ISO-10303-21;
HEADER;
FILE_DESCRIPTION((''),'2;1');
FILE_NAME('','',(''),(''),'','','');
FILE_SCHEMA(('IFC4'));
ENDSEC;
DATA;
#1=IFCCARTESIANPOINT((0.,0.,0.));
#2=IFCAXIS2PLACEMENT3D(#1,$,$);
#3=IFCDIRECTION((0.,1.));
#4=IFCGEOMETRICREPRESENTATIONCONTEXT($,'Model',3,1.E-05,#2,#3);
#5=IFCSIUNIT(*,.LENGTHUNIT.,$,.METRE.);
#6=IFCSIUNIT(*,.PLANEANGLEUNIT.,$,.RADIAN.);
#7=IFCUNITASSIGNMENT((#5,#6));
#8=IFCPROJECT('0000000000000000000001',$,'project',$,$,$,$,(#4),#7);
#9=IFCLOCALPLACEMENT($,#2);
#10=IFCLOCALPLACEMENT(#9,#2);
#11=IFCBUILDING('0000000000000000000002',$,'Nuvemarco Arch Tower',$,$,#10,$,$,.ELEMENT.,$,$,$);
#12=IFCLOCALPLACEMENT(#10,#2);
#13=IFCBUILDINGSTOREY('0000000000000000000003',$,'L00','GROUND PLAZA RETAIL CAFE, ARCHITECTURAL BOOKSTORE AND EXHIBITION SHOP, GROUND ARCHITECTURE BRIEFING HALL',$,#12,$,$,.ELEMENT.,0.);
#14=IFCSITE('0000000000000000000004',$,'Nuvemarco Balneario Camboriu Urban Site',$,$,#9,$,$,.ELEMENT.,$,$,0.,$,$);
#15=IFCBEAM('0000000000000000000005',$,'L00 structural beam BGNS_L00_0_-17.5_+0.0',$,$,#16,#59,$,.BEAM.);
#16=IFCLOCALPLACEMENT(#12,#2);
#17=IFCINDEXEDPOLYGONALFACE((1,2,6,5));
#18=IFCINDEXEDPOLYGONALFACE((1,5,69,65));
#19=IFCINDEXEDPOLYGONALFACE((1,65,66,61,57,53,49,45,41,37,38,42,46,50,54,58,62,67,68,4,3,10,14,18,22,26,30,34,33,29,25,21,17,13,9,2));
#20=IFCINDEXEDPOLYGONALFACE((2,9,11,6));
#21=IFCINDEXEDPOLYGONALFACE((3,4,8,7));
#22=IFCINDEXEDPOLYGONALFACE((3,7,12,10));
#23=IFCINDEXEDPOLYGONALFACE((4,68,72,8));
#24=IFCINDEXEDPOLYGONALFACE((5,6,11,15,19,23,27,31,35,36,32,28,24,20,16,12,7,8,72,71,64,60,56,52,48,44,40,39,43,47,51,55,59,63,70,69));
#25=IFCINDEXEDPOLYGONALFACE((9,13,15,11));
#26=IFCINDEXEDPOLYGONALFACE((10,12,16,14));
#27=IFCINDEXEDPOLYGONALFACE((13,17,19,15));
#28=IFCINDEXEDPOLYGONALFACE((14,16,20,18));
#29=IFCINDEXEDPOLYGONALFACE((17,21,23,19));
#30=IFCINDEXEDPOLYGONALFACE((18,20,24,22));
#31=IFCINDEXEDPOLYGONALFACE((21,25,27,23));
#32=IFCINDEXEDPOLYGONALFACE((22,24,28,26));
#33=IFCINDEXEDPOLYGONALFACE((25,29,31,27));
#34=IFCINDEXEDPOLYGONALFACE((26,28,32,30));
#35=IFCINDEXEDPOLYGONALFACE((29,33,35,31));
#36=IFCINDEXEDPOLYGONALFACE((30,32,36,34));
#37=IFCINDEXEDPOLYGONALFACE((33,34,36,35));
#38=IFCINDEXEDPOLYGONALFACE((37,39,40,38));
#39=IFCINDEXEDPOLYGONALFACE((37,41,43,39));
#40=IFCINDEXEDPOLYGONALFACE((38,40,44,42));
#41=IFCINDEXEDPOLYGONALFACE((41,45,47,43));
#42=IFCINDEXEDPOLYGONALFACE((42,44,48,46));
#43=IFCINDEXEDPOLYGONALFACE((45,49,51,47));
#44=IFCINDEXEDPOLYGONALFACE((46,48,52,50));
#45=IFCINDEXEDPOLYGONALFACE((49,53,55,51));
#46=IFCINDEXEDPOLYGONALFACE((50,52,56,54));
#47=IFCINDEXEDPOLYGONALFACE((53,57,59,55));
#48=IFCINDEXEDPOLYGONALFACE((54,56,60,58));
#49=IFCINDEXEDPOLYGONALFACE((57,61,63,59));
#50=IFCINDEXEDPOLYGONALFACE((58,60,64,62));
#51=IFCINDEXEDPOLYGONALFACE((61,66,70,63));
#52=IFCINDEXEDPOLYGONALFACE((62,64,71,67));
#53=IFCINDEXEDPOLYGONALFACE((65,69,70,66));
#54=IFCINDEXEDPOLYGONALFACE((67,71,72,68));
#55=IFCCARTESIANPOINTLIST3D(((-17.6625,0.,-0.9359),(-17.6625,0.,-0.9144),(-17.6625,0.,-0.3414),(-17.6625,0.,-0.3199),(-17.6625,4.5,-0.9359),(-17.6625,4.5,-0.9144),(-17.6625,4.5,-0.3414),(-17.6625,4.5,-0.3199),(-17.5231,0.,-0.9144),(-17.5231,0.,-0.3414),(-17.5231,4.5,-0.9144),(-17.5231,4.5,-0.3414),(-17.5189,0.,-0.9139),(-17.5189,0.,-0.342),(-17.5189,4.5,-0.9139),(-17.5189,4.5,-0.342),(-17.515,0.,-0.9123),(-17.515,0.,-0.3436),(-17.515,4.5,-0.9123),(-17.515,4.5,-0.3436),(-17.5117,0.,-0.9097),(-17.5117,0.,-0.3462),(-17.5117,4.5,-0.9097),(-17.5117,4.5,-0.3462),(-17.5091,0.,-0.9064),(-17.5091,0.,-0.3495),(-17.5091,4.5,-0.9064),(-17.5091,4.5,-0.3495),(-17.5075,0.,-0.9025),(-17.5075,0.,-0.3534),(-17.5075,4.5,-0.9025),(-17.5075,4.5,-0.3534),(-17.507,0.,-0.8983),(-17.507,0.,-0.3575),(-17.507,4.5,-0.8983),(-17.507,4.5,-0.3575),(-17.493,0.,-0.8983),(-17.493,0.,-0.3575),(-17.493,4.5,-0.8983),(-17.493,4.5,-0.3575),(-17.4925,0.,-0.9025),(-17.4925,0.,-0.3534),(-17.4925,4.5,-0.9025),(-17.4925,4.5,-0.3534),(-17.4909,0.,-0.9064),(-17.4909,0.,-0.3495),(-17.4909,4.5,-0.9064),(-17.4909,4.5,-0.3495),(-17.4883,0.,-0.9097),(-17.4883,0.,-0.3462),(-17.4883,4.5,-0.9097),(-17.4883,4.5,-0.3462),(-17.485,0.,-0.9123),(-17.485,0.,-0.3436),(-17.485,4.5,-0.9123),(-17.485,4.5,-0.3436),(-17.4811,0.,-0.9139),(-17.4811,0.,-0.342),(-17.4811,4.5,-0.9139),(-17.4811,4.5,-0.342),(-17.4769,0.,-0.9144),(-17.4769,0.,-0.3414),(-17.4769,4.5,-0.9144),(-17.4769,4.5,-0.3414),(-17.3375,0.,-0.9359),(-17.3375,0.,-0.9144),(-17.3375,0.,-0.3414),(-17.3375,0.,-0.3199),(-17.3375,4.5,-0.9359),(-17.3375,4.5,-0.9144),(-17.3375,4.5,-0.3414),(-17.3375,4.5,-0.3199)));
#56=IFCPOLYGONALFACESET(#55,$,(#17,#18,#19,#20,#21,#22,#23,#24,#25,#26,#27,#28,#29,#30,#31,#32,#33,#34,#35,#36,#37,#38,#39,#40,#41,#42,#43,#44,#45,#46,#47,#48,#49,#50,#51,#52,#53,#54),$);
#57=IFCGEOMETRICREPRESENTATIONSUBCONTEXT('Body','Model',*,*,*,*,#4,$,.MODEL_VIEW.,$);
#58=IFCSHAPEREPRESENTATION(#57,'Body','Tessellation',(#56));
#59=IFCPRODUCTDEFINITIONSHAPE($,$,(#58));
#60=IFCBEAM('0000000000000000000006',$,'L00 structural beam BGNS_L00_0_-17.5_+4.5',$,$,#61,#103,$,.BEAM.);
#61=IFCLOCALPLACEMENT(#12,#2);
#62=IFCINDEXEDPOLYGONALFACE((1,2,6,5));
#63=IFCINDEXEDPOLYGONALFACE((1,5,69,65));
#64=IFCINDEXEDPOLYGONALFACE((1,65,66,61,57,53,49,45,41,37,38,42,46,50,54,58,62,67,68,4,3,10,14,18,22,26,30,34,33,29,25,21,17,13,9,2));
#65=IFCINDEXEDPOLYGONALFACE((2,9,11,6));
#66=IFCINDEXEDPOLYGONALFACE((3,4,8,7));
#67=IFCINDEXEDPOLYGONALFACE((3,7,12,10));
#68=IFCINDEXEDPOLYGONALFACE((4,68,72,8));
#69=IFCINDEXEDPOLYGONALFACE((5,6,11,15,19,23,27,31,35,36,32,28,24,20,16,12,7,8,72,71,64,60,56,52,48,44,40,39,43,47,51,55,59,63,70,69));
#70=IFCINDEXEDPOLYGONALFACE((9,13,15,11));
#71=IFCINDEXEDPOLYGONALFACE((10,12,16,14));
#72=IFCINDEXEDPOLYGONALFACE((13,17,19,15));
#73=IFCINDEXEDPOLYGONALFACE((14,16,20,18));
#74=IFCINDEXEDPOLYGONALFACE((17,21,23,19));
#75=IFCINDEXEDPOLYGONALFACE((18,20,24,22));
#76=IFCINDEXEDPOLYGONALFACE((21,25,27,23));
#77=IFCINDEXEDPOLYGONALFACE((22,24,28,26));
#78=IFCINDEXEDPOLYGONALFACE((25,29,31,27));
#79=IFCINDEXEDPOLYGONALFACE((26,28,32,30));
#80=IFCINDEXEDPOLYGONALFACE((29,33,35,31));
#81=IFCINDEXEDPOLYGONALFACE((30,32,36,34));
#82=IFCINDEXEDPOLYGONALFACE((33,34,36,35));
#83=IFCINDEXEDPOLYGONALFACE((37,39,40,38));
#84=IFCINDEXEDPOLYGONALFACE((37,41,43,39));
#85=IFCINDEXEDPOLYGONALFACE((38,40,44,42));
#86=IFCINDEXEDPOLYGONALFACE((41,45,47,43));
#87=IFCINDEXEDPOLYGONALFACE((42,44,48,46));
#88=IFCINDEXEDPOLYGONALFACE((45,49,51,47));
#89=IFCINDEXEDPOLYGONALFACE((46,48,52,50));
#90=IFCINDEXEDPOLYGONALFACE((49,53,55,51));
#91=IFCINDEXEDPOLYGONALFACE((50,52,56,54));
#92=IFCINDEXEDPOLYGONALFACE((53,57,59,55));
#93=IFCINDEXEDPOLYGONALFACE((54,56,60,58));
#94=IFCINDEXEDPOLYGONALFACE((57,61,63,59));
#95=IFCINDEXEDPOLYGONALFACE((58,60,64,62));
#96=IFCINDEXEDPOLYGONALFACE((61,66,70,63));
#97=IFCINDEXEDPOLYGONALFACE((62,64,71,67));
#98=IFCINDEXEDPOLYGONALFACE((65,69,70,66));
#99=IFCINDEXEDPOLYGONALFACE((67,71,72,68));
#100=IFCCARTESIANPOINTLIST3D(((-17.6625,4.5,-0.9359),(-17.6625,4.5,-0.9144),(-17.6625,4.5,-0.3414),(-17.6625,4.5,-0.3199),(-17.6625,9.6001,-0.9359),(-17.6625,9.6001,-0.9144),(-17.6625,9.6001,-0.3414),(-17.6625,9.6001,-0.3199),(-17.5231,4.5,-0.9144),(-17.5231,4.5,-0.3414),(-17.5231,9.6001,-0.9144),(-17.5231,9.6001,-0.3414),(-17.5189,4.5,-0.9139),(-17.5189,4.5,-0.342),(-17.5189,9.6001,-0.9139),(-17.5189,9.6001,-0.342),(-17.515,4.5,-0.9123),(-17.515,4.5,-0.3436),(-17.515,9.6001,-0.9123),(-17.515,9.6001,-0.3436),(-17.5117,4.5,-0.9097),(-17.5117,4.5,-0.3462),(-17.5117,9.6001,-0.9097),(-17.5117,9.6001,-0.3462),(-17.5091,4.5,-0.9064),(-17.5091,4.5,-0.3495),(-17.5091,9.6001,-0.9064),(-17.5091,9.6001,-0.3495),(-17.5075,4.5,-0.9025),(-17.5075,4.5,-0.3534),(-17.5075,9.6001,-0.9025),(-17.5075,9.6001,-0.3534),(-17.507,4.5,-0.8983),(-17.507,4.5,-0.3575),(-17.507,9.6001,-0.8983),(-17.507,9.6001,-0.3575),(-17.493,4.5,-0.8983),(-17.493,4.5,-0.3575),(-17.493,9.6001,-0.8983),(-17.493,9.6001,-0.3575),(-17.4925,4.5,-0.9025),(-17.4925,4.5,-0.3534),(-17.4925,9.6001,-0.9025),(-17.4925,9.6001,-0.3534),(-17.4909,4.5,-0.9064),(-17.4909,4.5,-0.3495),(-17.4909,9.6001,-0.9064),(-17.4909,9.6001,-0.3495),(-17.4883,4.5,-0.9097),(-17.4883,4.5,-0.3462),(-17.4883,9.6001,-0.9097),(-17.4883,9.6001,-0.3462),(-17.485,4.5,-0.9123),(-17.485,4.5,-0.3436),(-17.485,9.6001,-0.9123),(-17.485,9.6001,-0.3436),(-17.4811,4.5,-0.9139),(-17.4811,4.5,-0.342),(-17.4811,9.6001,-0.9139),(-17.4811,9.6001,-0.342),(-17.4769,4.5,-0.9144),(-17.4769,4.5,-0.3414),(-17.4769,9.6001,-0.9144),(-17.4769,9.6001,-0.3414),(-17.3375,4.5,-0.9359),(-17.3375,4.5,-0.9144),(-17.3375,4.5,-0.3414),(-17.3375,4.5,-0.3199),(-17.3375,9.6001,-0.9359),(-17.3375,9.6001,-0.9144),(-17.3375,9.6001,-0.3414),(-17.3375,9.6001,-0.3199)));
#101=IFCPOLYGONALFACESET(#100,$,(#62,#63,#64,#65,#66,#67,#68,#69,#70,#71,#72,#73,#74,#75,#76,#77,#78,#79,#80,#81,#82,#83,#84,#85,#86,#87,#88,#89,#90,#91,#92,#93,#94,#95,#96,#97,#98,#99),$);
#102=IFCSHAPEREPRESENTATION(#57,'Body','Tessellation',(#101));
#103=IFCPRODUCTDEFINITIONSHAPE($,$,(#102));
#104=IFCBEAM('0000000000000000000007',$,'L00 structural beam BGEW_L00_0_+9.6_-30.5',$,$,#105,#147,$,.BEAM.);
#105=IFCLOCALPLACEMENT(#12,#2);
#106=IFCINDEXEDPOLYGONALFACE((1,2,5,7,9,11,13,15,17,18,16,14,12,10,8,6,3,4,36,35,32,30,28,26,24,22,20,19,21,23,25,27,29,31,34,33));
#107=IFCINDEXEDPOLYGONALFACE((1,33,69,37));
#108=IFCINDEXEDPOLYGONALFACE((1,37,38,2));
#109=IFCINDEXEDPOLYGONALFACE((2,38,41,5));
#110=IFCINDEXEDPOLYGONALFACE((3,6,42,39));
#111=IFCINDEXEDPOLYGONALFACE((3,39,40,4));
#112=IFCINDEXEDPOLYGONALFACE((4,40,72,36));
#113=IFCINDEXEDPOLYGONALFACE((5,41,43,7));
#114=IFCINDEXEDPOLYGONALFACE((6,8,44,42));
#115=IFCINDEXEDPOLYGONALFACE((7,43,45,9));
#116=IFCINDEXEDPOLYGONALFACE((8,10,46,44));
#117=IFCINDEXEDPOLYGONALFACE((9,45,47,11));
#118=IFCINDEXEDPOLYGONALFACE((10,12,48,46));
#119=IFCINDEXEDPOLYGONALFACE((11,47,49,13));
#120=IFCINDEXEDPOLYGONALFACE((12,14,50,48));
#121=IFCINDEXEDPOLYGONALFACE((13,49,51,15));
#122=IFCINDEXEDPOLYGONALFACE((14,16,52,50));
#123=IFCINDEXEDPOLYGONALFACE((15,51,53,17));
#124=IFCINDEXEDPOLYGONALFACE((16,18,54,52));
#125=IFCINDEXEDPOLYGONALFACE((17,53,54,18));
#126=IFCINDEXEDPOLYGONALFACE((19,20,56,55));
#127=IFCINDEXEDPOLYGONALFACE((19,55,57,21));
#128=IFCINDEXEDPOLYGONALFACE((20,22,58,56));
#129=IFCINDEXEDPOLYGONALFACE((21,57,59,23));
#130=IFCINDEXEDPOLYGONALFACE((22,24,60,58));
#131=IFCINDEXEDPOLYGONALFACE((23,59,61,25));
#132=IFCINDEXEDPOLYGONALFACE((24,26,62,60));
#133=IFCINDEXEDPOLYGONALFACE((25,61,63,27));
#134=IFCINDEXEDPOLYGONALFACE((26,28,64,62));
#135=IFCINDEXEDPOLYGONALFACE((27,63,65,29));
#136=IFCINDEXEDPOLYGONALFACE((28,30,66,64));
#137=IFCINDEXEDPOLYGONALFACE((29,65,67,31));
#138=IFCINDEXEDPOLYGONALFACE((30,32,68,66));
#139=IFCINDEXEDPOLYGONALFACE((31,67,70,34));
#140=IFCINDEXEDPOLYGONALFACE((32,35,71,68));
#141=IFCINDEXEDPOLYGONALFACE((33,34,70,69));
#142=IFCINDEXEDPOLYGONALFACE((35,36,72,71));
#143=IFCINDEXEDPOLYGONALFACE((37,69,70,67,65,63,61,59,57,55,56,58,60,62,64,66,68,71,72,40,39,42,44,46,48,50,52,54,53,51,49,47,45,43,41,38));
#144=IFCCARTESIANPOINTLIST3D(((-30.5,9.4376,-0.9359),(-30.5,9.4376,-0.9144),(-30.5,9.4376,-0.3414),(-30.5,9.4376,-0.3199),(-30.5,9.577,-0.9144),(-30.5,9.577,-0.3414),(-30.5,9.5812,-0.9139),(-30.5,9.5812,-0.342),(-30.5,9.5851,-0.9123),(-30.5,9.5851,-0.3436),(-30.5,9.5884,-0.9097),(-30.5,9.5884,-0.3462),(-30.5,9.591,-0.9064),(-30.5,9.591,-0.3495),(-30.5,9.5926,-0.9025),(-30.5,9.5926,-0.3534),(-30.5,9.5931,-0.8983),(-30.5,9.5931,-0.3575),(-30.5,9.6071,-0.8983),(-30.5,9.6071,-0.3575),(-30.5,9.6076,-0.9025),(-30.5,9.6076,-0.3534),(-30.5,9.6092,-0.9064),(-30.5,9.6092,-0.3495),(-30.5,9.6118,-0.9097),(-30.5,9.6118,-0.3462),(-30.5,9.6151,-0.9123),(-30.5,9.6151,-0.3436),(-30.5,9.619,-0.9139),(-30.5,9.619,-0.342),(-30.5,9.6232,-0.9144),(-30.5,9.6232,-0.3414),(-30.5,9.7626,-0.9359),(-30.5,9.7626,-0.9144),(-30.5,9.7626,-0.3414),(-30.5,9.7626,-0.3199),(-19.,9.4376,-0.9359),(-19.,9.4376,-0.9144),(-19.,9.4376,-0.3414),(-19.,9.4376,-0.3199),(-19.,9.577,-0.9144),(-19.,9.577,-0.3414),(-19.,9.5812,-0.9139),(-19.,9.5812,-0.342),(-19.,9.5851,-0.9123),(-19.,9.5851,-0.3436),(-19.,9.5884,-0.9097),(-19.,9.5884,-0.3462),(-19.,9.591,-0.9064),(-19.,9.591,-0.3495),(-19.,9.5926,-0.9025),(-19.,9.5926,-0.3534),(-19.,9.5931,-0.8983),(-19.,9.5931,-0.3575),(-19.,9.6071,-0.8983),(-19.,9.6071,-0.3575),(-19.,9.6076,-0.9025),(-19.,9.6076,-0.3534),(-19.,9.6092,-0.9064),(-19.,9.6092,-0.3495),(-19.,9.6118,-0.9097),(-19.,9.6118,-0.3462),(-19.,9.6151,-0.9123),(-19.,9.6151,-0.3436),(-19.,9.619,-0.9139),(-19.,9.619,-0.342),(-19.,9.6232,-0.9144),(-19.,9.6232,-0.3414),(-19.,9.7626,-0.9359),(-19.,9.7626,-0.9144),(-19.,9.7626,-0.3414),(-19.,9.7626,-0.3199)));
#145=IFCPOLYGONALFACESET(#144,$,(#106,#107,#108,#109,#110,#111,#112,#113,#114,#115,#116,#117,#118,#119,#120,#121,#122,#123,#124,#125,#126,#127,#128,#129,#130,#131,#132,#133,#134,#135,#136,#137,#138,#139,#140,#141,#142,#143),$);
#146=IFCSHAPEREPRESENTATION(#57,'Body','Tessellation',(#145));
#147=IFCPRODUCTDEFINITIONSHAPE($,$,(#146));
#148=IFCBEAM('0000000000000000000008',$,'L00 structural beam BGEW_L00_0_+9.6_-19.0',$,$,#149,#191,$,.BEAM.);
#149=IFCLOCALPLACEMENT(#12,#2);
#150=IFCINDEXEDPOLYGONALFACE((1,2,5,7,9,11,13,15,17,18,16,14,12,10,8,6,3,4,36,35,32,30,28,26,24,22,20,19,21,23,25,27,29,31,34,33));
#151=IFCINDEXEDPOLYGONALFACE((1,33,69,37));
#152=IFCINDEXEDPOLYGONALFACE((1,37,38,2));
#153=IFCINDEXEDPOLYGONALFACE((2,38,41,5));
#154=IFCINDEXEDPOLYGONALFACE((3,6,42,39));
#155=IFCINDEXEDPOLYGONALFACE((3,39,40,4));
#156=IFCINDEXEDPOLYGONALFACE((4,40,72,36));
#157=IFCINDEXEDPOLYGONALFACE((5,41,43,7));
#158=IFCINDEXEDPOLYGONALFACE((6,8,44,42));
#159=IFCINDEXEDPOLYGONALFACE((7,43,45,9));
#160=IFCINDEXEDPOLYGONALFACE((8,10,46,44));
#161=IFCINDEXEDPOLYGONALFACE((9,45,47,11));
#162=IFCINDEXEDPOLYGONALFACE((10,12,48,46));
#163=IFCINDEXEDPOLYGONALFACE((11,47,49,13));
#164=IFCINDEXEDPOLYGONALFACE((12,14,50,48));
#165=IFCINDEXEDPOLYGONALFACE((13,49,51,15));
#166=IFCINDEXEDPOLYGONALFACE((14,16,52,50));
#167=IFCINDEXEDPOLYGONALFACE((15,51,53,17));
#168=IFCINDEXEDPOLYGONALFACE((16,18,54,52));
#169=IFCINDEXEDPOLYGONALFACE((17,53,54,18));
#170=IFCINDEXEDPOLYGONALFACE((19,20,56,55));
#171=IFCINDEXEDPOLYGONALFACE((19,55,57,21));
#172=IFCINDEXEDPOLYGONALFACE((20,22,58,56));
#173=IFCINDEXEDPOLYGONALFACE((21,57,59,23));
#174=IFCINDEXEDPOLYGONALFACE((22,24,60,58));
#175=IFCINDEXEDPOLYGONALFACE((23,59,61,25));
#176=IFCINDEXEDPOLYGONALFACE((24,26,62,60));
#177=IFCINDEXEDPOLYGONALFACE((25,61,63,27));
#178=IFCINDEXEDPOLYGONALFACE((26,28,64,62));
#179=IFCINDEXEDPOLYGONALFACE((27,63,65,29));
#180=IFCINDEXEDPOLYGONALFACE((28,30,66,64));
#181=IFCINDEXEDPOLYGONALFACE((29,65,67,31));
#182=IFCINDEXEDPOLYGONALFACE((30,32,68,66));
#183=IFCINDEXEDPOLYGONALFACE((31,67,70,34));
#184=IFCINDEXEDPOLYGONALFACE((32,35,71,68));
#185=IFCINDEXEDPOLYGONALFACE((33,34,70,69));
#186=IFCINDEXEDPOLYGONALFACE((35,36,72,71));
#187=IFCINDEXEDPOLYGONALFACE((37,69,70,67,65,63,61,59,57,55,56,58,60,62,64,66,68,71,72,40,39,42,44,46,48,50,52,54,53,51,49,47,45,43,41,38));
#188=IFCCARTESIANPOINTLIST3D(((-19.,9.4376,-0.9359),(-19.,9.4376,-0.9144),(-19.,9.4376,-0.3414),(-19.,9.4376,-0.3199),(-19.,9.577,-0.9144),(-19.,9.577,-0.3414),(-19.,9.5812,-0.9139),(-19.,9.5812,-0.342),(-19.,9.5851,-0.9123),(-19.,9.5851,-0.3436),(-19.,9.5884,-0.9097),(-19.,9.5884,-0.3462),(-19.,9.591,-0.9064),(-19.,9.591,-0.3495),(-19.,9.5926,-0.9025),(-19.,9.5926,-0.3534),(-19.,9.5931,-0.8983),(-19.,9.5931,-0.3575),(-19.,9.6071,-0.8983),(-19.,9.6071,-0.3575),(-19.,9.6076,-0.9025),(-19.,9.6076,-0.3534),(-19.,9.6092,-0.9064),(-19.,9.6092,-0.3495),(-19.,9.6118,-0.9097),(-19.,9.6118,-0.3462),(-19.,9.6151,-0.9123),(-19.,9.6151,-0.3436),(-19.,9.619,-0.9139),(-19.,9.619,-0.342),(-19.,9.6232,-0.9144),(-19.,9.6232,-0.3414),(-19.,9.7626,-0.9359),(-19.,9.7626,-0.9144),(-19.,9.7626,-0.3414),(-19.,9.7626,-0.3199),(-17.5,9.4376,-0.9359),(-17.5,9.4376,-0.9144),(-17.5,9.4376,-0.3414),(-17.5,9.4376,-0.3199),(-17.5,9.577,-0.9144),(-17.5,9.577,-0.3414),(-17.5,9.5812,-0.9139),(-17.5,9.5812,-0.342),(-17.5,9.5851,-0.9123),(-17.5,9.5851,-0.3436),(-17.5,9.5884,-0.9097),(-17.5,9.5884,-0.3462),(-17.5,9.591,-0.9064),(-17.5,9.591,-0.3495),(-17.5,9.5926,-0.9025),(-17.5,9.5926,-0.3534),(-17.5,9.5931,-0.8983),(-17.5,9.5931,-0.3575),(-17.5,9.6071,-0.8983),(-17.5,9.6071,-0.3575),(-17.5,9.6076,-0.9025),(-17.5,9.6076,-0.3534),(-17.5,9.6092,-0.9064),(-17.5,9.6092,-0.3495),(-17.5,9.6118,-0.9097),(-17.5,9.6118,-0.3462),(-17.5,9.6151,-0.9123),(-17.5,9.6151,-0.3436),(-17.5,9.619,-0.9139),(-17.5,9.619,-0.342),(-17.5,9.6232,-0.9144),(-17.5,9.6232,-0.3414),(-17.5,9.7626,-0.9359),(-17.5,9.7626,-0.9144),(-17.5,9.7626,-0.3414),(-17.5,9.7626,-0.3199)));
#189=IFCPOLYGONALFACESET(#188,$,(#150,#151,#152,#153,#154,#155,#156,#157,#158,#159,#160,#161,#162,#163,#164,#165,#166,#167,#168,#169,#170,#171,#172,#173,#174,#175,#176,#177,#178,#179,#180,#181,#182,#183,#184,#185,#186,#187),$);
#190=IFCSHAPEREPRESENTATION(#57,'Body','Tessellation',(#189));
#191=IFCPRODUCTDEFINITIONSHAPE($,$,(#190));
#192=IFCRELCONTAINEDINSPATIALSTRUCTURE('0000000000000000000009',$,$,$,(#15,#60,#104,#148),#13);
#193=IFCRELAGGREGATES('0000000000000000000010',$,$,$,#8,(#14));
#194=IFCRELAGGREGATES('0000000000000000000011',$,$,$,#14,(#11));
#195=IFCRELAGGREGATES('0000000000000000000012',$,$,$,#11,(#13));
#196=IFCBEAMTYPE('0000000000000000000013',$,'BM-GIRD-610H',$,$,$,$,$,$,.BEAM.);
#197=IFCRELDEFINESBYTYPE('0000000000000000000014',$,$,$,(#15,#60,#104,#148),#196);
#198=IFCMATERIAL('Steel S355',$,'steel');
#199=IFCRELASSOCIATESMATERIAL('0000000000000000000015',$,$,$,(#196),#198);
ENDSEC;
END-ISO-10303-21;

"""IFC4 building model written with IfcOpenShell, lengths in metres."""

from ifc_helpers import new_model, si_unit, direction, frame, origin, origin_2d, place, context, subcontext, project, spatial, i_section, extrude, material, material_profile, profile_set, type_object, element, save


model = new_model("IFC4")

# Units and contexts
model_context = context("Model", 3, precision=1e-05, world=origin(), true_north=direction((0.0, 1.0)))
body_context = subcontext(model_context, "Body", "Model", "MODEL_VIEW")
ifc_project = project(units=[si_unit("LENGTHUNIT", "METRE"), si_unit("PLANEANGLEUNIT", "RADIAN")], contexts=[model_context])

# Site, building, storey
site_placement = place(None, origin())
site = spatial("IfcSite", under=ifc_project, at=site_placement, Name="Nuvemarco Balneario Camboriu Urban Site", CompositionType="ELEMENT", RefElevation=0.0)
building_placement = place(site_placement, origin())
building = spatial("IfcBuilding", under=site, at=building_placement, Name="Nuvemarco Arch Tower", CompositionType="ELEMENT")
storey_placement = place(building_placement, origin())
storey = spatial("IfcBuildingStorey", under=building, at=storey_placement, Name="L00", Description="GROUND PLAZA RETAIL CAFE, ARCHITECTURAL BOOKSTORE AND EXHIBITION SHOP, GROUND ARCHITECTURE BRIEFING HALL", CompositionType="ELEMENT", Elevation=0.0)

# Beams
ifc_material_1 = material(Name="Steel S355", Category="steel")
ifc_material_profile_1 = material_profile(ifc_material_1, i_section(OverallWidth=0.325, OverallDepth=0.616, WebThickness=0.0139, FlangeThickness=0.0215, FilletRadius=0.0161, at=origin_2d()), Name="W610x174")
ifc_profile_set_1 = profile_set([ifc_material_profile_1], Name="Steel S355")
beam_type_1 = type_object("IfcBeamType", Name="BM-GIRD-610H", PredefinedType="BEAM", material=ifc_profile_set_1)
beam_1_placement = place(storey_placement, frame((-17.5, 0.0, -0.6279), z_axis=(0.0, 1.0, 0.0), x_axis=(-1.0, 0.0, 0.0)))
element("IfcBeam", 1, at=beam_1_placement, inside=storey, type_object=beam_type_1, Name="L00 structural beam BGNS_L00_0_-17.5_+0.0", PredefinedType="BEAM", context=body_context, shape_type="SweptSolid", body=[
    extrude(i_section(OverallWidth=0.325, OverallDepth=0.616, WebThickness=0.0139, FlangeThickness=0.0215, FilletRadius=0.0161, at=origin_2d()), origin(), (0.0, 0.0, 1.0), 4.5),
])
beam_2_placement = place(storey_placement, frame((-17.5, 4.5, -0.6279), z_axis=(0.0, 1.0, 0.0), x_axis=(-1.0, 0.0, 0.0)))
element("IfcBeam", 2, at=beam_2_placement, inside=storey, type_object=beam_type_1, Name="L00 structural beam BGNS_L00_0_-17.5_+4.5", PredefinedType="BEAM", context=body_context, shape_type="SweptSolid", body=[
    extrude(i_section(OverallWidth=0.325, OverallDepth=0.616, WebThickness=0.0139, FlangeThickness=0.0215, FilletRadius=0.0161, at=origin_2d()), origin(), (0.0, 0.0, 1.0), 5.1001),
])
beam_3_placement = place(storey_placement, frame((-30.5, 9.6001, -0.6279), z_axis=(1.0, 0.0, 0.0), x_axis=(0.0, 1.0, 0.0)))
element("IfcBeam", 3, at=beam_3_placement, inside=storey, type_object=beam_type_1, Name="L00 structural beam BGEW_L00_0_+9.6_-30.5", PredefinedType="BEAM", context=body_context, shape_type="SweptSolid", body=[
    extrude(i_section(OverallWidth=0.325, OverallDepth=0.616, WebThickness=0.0139, FlangeThickness=0.0215, FilletRadius=0.0161, at=origin_2d()), origin(), (0.0, 0.0, 1.0), 11.5),
])
beam_4_placement = place(storey_placement, frame((-19.0, 9.6001, -0.6279), z_axis=(1.0, 0.0, 0.0), x_axis=(0.0, 1.0, 0.0)))
element("IfcBeam", 4, at=beam_4_placement, inside=storey, type_object=beam_type_1, Name="L00 structural beam BGEW_L00_0_+9.6_-19.0", PredefinedType="BEAM", context=body_context, shape_type="SweptSolid", body=[
    extrude(i_section(OverallWidth=0.325, OverallDepth=0.616, WebThickness=0.0139, FlangeThickness=0.0215, FilletRadius=0.0161, at=origin_2d()), origin(), (0.0, 0.0, 1.0), 1.5),
])

save(model, "model.ifc")
